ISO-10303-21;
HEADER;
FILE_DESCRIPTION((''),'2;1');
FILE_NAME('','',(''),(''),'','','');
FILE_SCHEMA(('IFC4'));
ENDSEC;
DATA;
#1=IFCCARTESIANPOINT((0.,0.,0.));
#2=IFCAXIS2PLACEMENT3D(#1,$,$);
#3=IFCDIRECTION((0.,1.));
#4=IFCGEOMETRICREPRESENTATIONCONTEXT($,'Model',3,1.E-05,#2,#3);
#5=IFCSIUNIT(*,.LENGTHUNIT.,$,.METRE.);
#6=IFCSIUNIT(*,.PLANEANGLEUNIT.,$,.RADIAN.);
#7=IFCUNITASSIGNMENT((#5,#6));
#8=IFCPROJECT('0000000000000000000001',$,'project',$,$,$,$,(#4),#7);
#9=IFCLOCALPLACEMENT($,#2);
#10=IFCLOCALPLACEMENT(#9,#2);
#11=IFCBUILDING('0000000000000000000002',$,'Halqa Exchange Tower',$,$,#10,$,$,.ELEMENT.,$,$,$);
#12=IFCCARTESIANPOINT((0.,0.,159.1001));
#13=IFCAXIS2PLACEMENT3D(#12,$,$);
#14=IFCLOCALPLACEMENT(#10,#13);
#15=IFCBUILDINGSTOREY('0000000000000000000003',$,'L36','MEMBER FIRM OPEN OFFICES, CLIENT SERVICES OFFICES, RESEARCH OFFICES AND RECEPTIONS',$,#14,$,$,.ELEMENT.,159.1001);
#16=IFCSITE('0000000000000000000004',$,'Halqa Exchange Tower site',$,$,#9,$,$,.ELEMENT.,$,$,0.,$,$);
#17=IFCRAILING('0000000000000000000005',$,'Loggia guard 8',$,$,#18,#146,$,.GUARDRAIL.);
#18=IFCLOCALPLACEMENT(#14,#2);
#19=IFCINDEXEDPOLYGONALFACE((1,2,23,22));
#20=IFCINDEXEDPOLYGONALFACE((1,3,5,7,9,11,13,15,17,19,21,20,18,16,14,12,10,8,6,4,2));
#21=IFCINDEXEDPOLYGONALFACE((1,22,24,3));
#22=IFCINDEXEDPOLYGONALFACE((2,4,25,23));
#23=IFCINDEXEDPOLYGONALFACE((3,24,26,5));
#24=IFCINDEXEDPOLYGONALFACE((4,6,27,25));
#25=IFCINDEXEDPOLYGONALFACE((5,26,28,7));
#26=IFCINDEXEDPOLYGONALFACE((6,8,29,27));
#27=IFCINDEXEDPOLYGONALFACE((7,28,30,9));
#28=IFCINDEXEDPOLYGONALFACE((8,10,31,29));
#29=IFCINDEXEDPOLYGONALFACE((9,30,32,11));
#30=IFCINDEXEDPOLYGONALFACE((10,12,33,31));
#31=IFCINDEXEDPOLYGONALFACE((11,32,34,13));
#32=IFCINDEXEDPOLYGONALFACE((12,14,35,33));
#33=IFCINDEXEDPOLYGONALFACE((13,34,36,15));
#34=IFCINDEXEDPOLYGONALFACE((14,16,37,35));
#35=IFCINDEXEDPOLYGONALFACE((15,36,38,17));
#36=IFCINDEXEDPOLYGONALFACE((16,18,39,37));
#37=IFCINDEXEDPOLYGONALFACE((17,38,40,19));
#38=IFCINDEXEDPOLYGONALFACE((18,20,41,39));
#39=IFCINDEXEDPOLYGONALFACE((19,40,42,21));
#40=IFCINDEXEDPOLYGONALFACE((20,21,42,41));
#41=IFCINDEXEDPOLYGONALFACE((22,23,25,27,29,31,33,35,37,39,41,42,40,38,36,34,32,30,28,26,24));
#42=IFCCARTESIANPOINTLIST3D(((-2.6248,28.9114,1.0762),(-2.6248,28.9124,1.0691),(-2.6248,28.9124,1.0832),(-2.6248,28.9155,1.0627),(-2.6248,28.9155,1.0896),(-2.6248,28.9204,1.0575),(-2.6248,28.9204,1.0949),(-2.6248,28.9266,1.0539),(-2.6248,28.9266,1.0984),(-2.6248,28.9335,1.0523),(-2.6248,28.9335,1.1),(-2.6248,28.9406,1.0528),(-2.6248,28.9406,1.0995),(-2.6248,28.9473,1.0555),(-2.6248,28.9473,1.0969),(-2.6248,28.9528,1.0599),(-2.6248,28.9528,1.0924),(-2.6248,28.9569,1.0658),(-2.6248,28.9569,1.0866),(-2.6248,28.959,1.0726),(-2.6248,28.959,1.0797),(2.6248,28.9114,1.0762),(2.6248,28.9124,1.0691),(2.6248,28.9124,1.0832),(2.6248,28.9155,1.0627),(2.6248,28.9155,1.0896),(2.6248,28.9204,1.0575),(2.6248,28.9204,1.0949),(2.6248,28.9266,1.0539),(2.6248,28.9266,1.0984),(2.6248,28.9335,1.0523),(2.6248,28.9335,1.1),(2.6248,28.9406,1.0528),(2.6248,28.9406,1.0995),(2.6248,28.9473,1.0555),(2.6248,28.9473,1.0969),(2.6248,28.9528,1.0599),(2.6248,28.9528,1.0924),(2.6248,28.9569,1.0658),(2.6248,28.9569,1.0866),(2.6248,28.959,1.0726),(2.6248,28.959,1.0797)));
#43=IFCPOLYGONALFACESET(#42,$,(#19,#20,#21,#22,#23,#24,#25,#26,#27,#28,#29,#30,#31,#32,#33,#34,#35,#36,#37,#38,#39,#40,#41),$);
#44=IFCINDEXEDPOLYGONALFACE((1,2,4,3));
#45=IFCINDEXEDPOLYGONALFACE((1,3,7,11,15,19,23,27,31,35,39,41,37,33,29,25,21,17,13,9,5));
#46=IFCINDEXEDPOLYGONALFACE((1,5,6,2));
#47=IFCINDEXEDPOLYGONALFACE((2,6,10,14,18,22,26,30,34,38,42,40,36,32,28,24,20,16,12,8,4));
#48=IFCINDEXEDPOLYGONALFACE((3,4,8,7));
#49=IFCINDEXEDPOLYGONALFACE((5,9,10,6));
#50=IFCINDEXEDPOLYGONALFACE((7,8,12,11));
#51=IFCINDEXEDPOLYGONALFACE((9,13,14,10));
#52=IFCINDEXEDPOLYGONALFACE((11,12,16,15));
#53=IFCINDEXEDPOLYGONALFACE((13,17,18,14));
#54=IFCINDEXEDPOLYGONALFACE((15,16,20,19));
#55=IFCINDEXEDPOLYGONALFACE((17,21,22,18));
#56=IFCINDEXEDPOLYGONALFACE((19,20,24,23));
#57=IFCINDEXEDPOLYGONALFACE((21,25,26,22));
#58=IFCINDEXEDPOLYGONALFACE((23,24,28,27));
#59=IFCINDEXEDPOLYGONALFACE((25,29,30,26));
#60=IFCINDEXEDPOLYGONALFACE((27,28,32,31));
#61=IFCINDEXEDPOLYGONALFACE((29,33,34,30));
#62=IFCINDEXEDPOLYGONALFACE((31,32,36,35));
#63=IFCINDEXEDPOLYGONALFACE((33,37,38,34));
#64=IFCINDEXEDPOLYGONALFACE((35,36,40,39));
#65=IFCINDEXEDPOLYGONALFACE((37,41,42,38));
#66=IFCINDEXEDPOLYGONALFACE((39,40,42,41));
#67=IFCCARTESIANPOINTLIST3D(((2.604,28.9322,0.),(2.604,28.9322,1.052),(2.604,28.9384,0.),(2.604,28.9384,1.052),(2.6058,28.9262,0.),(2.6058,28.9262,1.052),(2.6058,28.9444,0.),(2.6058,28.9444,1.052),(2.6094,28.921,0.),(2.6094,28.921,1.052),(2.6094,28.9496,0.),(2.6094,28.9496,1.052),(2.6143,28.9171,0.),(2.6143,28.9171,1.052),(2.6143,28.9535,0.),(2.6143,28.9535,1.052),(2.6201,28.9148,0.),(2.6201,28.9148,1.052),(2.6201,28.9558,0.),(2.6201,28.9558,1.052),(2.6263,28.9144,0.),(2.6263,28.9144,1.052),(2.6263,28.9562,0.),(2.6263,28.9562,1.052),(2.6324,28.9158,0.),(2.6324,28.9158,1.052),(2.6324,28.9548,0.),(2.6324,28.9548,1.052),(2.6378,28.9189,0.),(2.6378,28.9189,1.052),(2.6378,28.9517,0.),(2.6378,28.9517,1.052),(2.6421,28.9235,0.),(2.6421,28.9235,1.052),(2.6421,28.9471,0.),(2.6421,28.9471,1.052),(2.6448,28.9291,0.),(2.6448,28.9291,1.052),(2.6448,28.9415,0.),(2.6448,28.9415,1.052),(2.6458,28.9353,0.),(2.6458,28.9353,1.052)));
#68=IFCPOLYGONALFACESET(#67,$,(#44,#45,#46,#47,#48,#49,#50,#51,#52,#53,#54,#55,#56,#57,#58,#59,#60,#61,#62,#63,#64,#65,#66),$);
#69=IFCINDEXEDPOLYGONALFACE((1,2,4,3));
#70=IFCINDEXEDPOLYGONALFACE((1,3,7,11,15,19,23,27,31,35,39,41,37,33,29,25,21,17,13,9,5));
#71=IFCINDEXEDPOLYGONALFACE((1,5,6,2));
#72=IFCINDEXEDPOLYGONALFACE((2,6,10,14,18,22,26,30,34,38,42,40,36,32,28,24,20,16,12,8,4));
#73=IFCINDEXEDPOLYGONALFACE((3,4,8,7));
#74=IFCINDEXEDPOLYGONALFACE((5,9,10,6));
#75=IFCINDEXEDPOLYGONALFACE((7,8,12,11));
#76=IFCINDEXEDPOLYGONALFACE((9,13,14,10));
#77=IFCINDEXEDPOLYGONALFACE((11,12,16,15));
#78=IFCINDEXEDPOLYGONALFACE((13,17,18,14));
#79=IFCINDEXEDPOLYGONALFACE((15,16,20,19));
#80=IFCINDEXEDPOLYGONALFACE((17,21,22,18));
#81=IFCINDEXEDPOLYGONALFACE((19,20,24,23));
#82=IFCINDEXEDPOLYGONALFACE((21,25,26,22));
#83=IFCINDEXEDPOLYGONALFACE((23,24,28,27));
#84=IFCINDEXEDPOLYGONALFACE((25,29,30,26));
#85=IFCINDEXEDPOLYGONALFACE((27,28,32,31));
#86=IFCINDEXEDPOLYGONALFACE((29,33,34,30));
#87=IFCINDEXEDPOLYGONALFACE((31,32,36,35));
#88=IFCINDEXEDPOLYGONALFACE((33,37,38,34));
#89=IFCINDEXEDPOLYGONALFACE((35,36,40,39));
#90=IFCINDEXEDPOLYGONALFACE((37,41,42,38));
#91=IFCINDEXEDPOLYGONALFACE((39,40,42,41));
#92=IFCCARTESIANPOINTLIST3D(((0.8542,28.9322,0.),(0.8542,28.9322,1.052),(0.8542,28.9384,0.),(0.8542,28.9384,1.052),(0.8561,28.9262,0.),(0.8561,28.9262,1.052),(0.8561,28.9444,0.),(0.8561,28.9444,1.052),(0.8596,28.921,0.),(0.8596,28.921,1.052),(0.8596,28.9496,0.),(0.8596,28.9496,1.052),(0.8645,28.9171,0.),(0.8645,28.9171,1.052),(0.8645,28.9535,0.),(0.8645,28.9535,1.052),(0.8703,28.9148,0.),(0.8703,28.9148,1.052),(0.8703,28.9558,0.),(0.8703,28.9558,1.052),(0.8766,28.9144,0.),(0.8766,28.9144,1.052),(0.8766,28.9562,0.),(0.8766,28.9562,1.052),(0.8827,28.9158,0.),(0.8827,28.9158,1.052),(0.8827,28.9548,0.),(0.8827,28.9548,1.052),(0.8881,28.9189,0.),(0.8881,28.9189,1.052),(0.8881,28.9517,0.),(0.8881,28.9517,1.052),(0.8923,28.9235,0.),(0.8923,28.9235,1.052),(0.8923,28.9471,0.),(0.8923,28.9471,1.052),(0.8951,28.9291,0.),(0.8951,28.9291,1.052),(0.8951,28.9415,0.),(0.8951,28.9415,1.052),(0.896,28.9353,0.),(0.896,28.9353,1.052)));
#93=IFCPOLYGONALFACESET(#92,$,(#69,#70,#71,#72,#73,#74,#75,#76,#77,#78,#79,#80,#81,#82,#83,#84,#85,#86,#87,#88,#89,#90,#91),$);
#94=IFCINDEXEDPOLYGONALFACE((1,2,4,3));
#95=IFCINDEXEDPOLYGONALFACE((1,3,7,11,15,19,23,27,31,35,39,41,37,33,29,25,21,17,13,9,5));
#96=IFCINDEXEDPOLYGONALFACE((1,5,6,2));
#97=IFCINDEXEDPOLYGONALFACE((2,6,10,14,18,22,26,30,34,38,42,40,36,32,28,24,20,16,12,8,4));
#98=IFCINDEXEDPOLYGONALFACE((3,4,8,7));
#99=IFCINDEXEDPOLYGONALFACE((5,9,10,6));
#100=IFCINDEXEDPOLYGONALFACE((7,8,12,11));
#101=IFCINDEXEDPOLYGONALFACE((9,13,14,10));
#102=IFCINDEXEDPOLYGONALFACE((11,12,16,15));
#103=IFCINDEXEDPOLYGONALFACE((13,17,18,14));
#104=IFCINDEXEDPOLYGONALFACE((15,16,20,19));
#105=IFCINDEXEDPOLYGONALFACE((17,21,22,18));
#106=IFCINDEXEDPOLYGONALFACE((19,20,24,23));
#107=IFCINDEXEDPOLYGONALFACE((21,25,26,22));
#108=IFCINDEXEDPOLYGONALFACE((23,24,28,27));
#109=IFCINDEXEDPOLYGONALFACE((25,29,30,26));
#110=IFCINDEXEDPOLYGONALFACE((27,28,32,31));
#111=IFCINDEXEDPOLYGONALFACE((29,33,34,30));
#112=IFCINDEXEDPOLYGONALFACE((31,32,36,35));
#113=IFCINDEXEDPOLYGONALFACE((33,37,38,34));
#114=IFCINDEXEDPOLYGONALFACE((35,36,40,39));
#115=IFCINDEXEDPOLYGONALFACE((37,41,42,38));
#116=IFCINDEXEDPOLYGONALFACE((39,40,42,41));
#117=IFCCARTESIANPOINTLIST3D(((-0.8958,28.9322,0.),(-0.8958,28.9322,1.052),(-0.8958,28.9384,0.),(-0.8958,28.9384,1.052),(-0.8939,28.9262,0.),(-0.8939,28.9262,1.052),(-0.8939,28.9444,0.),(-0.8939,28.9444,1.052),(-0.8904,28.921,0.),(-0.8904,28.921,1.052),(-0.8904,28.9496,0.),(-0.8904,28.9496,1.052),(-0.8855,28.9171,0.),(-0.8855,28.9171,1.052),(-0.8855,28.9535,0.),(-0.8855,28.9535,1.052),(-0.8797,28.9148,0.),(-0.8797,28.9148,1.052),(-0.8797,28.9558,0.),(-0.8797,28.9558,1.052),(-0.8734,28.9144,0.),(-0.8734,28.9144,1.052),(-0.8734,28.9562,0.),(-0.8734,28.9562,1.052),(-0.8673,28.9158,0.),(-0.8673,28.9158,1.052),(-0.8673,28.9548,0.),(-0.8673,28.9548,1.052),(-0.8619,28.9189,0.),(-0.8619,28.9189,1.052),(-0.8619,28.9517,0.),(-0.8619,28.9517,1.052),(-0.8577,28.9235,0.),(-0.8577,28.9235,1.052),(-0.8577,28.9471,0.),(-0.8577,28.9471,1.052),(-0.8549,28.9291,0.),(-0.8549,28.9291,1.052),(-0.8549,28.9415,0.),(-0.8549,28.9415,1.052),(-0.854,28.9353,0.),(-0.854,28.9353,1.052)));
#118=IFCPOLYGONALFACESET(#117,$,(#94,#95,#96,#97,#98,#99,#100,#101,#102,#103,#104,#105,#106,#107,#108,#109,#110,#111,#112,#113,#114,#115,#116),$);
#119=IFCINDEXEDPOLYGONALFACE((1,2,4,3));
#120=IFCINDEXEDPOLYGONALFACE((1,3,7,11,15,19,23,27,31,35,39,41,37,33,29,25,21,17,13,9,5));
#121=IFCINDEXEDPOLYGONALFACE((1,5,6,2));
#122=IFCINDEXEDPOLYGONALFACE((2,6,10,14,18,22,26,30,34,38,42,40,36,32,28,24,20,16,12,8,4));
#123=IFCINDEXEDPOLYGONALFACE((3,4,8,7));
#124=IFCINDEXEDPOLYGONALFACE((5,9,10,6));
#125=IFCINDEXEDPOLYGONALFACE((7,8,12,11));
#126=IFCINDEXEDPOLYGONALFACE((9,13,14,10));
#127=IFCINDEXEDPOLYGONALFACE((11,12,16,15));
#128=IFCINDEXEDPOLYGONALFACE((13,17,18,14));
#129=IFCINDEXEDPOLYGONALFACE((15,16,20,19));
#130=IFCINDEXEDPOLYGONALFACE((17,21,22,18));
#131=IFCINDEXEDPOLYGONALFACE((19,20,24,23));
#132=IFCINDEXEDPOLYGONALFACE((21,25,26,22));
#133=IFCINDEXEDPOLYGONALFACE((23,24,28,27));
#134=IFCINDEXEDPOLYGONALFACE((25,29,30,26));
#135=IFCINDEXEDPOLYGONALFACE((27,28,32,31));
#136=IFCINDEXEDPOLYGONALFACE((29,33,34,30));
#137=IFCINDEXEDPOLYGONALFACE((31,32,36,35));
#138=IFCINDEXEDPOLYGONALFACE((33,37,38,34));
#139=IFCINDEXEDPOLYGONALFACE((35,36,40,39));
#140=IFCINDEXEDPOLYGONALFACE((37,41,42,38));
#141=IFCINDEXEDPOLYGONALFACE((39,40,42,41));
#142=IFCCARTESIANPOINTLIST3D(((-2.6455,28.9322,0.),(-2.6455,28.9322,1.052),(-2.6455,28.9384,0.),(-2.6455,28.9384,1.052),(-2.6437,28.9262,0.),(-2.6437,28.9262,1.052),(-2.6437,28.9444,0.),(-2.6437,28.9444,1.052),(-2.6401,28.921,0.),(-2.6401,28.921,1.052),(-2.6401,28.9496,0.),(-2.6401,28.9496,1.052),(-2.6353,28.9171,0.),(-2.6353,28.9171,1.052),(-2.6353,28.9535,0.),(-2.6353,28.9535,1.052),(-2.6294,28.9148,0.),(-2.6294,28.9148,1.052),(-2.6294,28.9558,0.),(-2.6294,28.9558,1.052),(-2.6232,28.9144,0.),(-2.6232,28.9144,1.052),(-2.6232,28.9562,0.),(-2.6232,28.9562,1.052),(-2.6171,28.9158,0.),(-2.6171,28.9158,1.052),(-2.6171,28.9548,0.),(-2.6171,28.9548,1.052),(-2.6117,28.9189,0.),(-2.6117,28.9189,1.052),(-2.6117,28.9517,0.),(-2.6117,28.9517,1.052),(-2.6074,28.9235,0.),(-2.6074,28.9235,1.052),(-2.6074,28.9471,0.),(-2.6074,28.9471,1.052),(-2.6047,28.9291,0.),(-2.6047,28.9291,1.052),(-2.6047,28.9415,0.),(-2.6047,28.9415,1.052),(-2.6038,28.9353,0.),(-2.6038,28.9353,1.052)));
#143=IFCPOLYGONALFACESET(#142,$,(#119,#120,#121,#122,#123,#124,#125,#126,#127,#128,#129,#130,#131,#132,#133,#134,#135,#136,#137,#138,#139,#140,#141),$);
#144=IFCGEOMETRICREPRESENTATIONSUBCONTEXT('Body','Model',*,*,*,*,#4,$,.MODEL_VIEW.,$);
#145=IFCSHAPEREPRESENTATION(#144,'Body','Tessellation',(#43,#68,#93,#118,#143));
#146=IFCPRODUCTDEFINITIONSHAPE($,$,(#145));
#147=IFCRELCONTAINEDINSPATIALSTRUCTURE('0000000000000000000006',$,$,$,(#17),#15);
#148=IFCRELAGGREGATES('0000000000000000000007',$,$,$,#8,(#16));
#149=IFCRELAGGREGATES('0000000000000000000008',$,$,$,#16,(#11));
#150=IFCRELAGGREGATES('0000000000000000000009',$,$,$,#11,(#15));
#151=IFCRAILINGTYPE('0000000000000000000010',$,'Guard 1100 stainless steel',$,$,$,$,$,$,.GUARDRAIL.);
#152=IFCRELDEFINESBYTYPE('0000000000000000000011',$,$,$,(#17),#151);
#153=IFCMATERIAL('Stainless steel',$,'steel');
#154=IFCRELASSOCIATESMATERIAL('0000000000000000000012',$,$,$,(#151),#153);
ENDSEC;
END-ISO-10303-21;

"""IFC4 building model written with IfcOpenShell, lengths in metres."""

from ifc_helpers import new_model, si_unit, direction, frame, origin, origin_2d, place, context, subcontext, project, spatial, circle, extrude, material, type_object, element, save


model = new_model("IFC4")

# Units and contexts
model_context = context("Model", 3, precision=1e-05, world=origin(), true_north=direction((0.0, 1.0)))
body_context = subcontext(model_context, "Body", "Model", "MODEL_VIEW")
ifc_project = project(units=[si_unit("LENGTHUNIT", "METRE"), si_unit("PLANEANGLEUNIT", "RADIAN")], contexts=[model_context])

# Site, building, storey
site_placement = place(None, origin())
site = spatial("IfcSite", under=ifc_project, at=site_placement, Name="Halqa Exchange Tower site", CompositionType="ELEMENT", RefElevation=0.0)
building_placement = place(site_placement, origin())
building = spatial("IfcBuilding", under=site, at=building_placement, Name="Halqa Exchange Tower", CompositionType="ELEMENT")
storey_placement = place(building_placement, frame((0.0, 0.0, 159.1001)))
storey = spatial("IfcBuildingStorey", under=building, at=storey_placement, Name="L36", Description="MEMBER FIRM OPEN OFFICES, CLIENT SERVICES OFFICES, RESEARCH OFFICES AND RECEPTIONS", CompositionType="ELEMENT", Elevation=159.1001)

# Railing
ifc_material_1 = material(Name="Stainless steel", Category="steel")
railing_type_1 = type_object("IfcRailingType", Name="Guard 1100 stainless steel", PredefinedType="GUARDRAIL", material=ifc_material_1)
railing_1_placement = place(storey_placement, frame((2.6248, 28.9353, 0.0)))
element("IfcRailing", 1, at=railing_1_placement, inside=storey, type_object=railing_type_1, Name="Loggia guard 8", PredefinedType="GUARDRAIL", context=body_context, shape_type="SweptSolid", body=[
    extrude(circle(Radius=0.0239, at=origin_2d()), frame((0.0, 0.0, 1.0762), z_axis=(-1.0, 0.0, 0.0), x_axis=(0.0, -1.0, 0.0)), (0.0, 0.0, 1.0), 5.2495),
    extrude(circle(Radius=0.021, at=origin_2d()), origin(), (0.0, 0.0, 1.0), 1.052),
    extrude(circle(Radius=0.021, at=origin_2d()), frame((-1.7498, 0.0, 0.0)), (0.0, 0.0, 1.0), 1.052),
    extrude(circle(Radius=0.021, at=origin_2d()), frame((-3.4998, 0.0, 0.0)), (0.0, 0.0, 1.0), 1.052),
    extrude(circle(Radius=0.021, at=origin_2d()), frame((-5.2495, 0.0, 0.0)), (0.0, 0.0, 1.0), 1.052),
])

save(model, "model.ifc")
